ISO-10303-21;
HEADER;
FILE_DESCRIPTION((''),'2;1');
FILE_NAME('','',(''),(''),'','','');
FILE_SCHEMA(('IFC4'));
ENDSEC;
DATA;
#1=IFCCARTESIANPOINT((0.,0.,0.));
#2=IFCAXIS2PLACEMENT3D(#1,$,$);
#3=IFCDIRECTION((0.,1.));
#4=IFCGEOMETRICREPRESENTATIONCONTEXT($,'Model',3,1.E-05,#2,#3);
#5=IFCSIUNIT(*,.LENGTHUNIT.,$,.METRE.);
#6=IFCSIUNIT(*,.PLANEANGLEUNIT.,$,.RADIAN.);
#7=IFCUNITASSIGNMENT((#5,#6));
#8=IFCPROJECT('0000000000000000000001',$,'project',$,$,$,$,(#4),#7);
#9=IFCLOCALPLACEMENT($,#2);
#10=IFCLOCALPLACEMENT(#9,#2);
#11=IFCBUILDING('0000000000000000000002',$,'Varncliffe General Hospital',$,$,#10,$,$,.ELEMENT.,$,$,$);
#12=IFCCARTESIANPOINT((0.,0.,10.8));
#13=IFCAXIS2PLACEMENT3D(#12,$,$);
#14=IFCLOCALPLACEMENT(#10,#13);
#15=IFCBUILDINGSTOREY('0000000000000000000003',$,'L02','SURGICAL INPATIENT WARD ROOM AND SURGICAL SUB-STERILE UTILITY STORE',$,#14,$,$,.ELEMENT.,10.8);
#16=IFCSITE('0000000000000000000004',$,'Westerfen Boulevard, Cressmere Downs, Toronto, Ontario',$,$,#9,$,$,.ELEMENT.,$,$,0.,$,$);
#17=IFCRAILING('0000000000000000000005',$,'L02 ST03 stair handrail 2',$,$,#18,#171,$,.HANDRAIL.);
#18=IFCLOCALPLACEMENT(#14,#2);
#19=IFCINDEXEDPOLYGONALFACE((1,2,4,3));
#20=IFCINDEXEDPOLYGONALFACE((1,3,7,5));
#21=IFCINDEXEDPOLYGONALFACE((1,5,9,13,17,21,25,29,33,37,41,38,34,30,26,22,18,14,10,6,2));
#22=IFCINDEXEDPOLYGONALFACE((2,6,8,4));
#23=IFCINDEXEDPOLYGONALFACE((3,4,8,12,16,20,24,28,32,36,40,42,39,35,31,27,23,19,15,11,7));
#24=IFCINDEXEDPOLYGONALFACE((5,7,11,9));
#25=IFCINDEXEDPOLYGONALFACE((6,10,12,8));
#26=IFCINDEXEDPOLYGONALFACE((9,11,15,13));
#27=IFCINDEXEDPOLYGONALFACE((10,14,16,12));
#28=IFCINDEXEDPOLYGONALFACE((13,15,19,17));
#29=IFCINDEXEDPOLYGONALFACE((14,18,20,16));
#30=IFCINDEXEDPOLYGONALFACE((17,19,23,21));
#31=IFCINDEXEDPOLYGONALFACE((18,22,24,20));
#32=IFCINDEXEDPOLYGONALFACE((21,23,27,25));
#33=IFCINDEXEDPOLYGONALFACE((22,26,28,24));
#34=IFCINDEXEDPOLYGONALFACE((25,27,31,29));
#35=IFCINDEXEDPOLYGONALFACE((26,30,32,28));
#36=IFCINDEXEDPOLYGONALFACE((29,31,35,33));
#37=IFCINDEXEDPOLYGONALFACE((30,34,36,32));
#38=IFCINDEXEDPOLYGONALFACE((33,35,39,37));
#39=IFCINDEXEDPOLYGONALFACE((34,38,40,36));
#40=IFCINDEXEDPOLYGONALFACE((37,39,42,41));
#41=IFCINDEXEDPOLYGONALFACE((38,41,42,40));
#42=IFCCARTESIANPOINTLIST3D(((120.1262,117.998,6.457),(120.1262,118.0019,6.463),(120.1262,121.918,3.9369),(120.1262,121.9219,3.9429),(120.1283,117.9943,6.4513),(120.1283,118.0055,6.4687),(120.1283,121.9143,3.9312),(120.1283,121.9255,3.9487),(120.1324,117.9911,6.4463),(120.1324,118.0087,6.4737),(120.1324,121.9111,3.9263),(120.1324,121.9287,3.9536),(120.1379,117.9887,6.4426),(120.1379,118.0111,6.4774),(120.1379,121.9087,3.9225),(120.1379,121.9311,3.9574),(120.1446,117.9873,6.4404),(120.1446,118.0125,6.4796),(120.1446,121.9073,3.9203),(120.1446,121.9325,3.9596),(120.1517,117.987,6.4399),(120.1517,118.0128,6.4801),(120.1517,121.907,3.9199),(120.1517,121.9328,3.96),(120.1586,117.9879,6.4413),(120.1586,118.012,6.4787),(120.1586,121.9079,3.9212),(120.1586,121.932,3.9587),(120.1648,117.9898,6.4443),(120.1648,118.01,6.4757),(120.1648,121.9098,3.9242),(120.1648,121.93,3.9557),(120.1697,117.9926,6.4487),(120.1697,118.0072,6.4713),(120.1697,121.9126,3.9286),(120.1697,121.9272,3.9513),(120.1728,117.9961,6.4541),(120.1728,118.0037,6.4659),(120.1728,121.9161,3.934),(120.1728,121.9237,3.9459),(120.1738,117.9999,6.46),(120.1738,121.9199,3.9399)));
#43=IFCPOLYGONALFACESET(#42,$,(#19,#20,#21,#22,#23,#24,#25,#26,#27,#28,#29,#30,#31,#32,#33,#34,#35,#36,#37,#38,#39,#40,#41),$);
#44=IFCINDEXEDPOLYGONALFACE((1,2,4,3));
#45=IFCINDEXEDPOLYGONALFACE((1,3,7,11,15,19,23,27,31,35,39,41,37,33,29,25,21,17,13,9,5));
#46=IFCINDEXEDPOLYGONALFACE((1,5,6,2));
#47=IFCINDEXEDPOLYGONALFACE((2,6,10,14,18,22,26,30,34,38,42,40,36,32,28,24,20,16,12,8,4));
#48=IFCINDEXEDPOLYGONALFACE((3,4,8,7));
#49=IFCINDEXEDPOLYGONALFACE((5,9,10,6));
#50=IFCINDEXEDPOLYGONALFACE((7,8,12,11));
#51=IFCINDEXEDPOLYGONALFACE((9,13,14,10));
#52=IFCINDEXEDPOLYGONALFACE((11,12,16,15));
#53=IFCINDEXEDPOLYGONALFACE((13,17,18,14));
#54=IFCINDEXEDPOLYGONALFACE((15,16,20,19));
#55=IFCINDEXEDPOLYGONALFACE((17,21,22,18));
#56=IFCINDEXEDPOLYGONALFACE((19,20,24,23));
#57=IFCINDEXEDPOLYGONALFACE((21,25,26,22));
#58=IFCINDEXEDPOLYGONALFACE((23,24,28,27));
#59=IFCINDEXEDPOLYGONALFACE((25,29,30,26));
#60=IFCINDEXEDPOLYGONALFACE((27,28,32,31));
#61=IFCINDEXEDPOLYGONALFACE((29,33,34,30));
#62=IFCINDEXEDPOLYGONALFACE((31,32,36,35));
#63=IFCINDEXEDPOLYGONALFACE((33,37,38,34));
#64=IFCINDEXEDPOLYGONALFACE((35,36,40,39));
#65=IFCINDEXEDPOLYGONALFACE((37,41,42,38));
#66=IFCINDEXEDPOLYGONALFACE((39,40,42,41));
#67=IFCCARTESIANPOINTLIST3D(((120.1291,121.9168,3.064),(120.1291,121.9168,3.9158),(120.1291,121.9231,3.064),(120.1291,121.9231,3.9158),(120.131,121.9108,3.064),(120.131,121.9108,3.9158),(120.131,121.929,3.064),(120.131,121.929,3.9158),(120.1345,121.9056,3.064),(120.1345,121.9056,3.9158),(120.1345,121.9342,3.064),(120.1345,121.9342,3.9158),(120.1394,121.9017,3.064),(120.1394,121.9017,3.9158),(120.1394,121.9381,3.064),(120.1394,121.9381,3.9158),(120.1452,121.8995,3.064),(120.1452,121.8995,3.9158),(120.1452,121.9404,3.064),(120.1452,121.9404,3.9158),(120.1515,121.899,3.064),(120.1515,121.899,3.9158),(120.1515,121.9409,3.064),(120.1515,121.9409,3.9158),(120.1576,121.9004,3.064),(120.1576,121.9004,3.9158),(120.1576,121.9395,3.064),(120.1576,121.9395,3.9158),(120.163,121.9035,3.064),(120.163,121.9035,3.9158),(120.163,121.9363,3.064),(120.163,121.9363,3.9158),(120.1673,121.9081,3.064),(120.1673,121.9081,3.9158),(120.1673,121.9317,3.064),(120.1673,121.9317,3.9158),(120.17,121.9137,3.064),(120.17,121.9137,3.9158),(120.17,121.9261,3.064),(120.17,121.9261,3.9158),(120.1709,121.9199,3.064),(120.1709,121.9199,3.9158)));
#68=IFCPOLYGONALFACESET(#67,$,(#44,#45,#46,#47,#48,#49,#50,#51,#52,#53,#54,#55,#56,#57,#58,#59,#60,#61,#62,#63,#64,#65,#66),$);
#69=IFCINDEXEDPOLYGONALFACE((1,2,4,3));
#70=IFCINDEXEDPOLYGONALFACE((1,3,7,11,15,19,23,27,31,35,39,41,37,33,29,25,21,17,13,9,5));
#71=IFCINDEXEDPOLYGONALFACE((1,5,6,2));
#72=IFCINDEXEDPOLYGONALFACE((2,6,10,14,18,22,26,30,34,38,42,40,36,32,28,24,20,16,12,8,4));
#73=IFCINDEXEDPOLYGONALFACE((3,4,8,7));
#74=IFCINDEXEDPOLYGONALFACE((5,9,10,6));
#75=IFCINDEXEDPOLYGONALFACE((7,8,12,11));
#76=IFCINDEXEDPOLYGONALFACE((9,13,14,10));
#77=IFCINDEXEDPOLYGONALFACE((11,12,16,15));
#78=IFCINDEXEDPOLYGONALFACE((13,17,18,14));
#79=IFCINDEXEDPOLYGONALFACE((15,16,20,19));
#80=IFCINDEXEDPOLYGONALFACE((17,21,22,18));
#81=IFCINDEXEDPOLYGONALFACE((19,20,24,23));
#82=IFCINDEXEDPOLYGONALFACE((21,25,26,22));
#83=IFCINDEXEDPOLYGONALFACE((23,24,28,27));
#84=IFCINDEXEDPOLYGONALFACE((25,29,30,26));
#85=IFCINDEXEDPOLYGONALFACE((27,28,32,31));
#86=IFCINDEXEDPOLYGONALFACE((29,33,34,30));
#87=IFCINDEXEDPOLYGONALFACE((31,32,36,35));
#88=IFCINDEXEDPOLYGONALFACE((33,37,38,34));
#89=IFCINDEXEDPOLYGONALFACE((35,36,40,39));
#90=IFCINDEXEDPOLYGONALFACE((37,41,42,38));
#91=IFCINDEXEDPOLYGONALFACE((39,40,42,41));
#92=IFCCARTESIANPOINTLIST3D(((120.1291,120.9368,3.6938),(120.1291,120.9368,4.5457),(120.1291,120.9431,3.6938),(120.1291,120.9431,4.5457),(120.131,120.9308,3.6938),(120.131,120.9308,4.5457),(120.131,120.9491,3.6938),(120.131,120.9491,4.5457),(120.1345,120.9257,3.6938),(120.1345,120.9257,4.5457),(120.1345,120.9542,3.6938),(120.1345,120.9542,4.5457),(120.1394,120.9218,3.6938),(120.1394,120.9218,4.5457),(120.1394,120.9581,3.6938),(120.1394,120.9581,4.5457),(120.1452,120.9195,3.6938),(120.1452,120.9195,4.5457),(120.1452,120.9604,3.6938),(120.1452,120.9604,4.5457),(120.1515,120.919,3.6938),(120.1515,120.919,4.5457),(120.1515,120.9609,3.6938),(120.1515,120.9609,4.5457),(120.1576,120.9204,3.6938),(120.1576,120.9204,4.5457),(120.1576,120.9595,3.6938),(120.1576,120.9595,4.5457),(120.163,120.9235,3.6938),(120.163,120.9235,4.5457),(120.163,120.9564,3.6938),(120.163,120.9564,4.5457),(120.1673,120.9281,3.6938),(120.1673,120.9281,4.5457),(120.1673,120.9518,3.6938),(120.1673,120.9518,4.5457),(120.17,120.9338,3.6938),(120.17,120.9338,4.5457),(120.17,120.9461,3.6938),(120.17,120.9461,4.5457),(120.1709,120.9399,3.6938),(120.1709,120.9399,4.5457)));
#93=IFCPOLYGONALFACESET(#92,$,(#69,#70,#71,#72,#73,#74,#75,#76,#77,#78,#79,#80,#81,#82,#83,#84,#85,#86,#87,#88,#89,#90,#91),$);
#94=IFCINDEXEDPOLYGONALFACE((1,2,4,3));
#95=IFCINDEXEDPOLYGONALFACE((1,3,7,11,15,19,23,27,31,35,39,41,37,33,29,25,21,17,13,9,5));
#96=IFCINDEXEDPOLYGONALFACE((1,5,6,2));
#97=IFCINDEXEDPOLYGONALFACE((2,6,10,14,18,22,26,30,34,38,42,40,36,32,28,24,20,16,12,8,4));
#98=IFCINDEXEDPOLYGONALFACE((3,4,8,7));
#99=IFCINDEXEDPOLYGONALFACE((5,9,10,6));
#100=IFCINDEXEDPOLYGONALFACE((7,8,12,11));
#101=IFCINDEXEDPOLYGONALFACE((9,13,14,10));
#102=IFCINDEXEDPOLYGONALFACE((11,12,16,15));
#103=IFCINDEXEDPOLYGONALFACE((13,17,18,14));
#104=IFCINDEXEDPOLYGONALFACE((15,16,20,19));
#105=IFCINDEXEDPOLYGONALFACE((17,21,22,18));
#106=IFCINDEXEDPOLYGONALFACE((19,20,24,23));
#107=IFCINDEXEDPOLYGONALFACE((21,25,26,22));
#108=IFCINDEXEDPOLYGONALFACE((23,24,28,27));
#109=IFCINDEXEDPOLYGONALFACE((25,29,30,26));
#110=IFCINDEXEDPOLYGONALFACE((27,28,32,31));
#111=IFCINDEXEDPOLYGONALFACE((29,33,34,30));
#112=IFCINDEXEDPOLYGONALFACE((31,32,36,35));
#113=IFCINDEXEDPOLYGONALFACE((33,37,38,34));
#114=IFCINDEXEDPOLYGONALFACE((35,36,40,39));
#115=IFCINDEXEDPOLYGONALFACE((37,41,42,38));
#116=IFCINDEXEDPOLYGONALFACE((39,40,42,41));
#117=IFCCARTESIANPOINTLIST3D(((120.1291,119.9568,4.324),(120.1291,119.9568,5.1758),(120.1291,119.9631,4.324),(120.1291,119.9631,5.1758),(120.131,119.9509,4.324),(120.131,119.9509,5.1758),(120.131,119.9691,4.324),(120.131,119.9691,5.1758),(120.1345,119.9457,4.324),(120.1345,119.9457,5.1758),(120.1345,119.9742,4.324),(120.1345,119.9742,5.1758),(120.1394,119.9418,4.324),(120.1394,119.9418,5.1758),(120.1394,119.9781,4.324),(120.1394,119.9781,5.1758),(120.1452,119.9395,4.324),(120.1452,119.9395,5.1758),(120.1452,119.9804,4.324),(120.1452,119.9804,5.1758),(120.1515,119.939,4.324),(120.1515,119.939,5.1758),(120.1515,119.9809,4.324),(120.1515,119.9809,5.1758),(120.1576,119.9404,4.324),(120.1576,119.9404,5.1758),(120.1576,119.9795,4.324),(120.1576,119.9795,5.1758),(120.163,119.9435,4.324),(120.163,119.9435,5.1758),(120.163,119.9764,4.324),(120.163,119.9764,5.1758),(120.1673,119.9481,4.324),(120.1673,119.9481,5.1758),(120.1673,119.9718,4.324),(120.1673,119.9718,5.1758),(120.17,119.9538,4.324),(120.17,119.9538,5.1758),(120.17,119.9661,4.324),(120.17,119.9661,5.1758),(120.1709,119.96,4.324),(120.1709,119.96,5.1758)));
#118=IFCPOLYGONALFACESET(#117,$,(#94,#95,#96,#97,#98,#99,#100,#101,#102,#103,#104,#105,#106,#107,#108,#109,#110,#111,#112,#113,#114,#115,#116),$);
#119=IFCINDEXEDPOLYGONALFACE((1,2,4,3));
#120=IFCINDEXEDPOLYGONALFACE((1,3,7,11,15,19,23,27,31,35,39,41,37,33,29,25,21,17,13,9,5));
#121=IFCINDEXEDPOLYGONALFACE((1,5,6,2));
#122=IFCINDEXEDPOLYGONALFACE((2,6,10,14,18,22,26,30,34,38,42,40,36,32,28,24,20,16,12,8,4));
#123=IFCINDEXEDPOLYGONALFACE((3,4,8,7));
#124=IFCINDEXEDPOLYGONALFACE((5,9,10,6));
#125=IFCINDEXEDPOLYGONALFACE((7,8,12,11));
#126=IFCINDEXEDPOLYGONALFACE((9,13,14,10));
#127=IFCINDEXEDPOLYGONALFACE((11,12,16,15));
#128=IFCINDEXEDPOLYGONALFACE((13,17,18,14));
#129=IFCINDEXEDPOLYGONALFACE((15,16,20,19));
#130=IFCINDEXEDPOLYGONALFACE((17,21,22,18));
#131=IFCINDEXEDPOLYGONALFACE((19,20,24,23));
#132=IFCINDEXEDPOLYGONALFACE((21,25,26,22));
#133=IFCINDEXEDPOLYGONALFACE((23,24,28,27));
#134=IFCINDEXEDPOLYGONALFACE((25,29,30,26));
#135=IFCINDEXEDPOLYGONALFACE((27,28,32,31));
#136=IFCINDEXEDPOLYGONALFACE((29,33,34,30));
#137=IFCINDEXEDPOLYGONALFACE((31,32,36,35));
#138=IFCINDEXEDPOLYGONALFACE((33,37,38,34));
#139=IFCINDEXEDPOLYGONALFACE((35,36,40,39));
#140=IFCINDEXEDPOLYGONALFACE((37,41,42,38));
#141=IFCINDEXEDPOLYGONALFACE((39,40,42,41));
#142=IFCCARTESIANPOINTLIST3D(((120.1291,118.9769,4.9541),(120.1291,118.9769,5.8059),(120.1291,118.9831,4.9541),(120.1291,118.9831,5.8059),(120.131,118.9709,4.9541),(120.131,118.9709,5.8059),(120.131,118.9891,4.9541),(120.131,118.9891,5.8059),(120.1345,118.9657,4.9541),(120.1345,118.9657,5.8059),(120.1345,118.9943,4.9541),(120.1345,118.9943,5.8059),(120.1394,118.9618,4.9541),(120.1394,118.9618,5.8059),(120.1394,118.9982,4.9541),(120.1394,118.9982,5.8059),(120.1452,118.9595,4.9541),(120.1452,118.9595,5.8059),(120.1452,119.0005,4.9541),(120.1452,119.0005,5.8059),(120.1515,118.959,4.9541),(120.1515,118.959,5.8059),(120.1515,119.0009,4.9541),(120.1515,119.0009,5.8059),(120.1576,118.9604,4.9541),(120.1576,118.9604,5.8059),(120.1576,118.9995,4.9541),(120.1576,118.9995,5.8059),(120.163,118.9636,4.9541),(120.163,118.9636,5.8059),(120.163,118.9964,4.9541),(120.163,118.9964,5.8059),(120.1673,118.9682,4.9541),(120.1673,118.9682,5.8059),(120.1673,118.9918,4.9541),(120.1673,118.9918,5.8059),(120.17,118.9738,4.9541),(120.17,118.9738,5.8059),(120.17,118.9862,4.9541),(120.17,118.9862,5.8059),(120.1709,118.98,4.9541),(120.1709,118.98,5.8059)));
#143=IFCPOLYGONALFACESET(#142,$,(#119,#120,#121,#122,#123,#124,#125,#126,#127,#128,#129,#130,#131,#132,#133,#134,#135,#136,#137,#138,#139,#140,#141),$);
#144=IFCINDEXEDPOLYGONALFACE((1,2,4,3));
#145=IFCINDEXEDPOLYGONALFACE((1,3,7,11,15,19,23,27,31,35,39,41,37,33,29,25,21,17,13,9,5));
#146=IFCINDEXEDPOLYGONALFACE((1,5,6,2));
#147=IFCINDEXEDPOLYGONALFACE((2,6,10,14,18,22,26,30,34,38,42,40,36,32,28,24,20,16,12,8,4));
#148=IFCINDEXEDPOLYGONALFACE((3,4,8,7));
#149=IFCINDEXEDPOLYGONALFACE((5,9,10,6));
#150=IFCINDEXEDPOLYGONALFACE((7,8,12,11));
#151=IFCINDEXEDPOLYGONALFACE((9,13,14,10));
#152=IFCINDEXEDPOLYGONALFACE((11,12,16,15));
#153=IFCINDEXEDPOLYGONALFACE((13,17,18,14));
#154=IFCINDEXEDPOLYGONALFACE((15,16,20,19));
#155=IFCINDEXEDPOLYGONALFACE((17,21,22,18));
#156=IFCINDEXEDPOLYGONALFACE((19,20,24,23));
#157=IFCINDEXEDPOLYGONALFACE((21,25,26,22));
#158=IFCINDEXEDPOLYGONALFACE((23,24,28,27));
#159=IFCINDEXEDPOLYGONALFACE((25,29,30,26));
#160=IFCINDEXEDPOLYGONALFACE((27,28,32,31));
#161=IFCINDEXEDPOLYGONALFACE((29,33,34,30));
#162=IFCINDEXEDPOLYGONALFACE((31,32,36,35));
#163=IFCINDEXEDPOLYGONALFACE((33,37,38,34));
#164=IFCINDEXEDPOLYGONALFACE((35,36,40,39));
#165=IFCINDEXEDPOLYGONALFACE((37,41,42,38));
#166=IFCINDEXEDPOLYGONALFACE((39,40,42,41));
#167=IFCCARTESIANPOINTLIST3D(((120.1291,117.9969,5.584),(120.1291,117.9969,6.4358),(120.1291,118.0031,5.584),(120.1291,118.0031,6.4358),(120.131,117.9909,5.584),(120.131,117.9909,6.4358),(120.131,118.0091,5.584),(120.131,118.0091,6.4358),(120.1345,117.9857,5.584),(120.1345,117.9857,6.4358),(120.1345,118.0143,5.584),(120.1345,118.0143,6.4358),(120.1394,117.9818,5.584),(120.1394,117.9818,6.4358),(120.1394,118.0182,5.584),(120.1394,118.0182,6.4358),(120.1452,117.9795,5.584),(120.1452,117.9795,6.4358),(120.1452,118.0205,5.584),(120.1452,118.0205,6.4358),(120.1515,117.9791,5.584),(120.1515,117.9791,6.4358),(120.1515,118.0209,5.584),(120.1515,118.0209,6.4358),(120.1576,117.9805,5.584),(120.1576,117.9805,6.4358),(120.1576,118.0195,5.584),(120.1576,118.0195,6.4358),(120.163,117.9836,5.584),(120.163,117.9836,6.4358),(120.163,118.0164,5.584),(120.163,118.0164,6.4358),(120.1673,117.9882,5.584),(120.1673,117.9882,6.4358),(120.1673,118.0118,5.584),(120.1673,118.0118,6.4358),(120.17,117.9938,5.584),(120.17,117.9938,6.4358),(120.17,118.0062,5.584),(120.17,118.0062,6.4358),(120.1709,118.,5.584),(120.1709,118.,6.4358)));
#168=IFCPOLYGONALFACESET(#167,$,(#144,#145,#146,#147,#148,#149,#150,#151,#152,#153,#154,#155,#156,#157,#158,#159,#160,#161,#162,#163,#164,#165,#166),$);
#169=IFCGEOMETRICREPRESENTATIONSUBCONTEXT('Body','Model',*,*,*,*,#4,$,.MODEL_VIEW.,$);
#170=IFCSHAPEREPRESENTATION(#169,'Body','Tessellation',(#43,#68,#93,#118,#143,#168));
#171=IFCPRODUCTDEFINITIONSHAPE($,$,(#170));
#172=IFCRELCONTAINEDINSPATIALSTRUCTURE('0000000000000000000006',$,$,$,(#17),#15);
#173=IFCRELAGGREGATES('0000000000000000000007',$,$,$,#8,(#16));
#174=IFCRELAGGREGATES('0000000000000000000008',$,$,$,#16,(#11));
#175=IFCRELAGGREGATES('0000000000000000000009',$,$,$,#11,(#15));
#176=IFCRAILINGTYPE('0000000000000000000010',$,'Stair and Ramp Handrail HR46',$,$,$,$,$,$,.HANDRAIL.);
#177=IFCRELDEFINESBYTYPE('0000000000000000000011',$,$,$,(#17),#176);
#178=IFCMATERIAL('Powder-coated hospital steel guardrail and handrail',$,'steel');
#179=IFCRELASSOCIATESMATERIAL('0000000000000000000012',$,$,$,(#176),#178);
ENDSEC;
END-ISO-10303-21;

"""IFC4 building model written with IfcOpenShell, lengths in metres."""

from ifc_helpers import new_model, si_unit, direction, frame, origin, origin_2d, place, context, subcontext, project, spatial, circle, extrude, material, type_object, element, save


model = new_model("IFC4")

# Units and contexts
model_context = context("Model", 3, precision=1e-05, world=origin(), true_north=direction((0.0, 1.0)))
body_context = subcontext(model_context, "Body", "Model", "MODEL_VIEW")
ifc_project = project(units=[si_unit("LENGTHUNIT", "METRE"), si_unit("PLANEANGLEUNIT", "RADIAN")], contexts=[model_context])

# Site, building, storey
site_placement = place(None, origin())
site = spatial("IfcSite", under=ifc_project, at=site_placement, Name="Westerfen Boulevard, Cressmere Downs, Toronto, Ontario", CompositionType="ELEMENT", RefElevation=0.0)
building_placement = place(site_placement, origin())
building = spatial("IfcBuilding", under=site, at=building_placement, Name="Varncliffe General Hospital", CompositionType="ELEMENT")
storey_placement = place(building_placement, frame((0.0, 0.0, 10.8)))
storey = spatial("IfcBuildingStorey", under=building, at=storey_placement, Name="L02", Description="SURGICAL INPATIENT WARD ROOM AND SURGICAL SUB-STERILE UTILITY STORE", CompositionType="ELEMENT", Elevation=10.8)

# Railing
ifc_material_1 = material(Name="Powder-coated hospital steel guardrail and handrail", Category="steel")
railing_type_1 = type_object("IfcRailingType", Name="Stair and Ramp Handrail HR46", PredefinedType="HANDRAIL", material=ifc_material_1)
railing_1_placement = place(storey_placement, frame((120.1499, 121.9199, 3.064)))
element("IfcRailing", 1, at=railing_1_placement, inside=storey, type_object=railing_type_1, Name="L02 ST03 stair handrail 2", PredefinedType="HANDRAIL", context=body_context, shape_type="SweptSolid", body=[
    extrude(circle(Radius=0.0239, at=origin_2d()), frame((0.0, 0.0, 0.876), z_axis=(0.0, -0.841172, 0.540768), x_axis=(1.0, 0.0, 0.0)), (0.0, 0.0, 1.0), 4.6602),
    extrude(circle(Radius=0.021, at=origin_2d()), origin(), (0.0, 0.0, 1.0), 0.8518),
    extrude(circle(Radius=0.021, at=origin_2d()), frame((0.0, -0.98, 0.6299)), (0.0, 0.0, 1.0), 0.8518),
    extrude(circle(Radius=0.021, at=origin_2d()), frame((0.0, -1.96, 1.26)), (0.0, 0.0, 1.0), 0.8518),
    extrude(circle(Radius=0.021, at=origin_2d()), frame((0.0, -2.9399, 1.8901)), (0.0, 0.0, 1.0), 0.8518),
    extrude(circle(Radius=0.021, at=origin_2d()), frame((0.0, -3.9199, 2.52)), (0.0, 0.0, 1.0), 0.8518),
])

save(model, "model.ifc")
